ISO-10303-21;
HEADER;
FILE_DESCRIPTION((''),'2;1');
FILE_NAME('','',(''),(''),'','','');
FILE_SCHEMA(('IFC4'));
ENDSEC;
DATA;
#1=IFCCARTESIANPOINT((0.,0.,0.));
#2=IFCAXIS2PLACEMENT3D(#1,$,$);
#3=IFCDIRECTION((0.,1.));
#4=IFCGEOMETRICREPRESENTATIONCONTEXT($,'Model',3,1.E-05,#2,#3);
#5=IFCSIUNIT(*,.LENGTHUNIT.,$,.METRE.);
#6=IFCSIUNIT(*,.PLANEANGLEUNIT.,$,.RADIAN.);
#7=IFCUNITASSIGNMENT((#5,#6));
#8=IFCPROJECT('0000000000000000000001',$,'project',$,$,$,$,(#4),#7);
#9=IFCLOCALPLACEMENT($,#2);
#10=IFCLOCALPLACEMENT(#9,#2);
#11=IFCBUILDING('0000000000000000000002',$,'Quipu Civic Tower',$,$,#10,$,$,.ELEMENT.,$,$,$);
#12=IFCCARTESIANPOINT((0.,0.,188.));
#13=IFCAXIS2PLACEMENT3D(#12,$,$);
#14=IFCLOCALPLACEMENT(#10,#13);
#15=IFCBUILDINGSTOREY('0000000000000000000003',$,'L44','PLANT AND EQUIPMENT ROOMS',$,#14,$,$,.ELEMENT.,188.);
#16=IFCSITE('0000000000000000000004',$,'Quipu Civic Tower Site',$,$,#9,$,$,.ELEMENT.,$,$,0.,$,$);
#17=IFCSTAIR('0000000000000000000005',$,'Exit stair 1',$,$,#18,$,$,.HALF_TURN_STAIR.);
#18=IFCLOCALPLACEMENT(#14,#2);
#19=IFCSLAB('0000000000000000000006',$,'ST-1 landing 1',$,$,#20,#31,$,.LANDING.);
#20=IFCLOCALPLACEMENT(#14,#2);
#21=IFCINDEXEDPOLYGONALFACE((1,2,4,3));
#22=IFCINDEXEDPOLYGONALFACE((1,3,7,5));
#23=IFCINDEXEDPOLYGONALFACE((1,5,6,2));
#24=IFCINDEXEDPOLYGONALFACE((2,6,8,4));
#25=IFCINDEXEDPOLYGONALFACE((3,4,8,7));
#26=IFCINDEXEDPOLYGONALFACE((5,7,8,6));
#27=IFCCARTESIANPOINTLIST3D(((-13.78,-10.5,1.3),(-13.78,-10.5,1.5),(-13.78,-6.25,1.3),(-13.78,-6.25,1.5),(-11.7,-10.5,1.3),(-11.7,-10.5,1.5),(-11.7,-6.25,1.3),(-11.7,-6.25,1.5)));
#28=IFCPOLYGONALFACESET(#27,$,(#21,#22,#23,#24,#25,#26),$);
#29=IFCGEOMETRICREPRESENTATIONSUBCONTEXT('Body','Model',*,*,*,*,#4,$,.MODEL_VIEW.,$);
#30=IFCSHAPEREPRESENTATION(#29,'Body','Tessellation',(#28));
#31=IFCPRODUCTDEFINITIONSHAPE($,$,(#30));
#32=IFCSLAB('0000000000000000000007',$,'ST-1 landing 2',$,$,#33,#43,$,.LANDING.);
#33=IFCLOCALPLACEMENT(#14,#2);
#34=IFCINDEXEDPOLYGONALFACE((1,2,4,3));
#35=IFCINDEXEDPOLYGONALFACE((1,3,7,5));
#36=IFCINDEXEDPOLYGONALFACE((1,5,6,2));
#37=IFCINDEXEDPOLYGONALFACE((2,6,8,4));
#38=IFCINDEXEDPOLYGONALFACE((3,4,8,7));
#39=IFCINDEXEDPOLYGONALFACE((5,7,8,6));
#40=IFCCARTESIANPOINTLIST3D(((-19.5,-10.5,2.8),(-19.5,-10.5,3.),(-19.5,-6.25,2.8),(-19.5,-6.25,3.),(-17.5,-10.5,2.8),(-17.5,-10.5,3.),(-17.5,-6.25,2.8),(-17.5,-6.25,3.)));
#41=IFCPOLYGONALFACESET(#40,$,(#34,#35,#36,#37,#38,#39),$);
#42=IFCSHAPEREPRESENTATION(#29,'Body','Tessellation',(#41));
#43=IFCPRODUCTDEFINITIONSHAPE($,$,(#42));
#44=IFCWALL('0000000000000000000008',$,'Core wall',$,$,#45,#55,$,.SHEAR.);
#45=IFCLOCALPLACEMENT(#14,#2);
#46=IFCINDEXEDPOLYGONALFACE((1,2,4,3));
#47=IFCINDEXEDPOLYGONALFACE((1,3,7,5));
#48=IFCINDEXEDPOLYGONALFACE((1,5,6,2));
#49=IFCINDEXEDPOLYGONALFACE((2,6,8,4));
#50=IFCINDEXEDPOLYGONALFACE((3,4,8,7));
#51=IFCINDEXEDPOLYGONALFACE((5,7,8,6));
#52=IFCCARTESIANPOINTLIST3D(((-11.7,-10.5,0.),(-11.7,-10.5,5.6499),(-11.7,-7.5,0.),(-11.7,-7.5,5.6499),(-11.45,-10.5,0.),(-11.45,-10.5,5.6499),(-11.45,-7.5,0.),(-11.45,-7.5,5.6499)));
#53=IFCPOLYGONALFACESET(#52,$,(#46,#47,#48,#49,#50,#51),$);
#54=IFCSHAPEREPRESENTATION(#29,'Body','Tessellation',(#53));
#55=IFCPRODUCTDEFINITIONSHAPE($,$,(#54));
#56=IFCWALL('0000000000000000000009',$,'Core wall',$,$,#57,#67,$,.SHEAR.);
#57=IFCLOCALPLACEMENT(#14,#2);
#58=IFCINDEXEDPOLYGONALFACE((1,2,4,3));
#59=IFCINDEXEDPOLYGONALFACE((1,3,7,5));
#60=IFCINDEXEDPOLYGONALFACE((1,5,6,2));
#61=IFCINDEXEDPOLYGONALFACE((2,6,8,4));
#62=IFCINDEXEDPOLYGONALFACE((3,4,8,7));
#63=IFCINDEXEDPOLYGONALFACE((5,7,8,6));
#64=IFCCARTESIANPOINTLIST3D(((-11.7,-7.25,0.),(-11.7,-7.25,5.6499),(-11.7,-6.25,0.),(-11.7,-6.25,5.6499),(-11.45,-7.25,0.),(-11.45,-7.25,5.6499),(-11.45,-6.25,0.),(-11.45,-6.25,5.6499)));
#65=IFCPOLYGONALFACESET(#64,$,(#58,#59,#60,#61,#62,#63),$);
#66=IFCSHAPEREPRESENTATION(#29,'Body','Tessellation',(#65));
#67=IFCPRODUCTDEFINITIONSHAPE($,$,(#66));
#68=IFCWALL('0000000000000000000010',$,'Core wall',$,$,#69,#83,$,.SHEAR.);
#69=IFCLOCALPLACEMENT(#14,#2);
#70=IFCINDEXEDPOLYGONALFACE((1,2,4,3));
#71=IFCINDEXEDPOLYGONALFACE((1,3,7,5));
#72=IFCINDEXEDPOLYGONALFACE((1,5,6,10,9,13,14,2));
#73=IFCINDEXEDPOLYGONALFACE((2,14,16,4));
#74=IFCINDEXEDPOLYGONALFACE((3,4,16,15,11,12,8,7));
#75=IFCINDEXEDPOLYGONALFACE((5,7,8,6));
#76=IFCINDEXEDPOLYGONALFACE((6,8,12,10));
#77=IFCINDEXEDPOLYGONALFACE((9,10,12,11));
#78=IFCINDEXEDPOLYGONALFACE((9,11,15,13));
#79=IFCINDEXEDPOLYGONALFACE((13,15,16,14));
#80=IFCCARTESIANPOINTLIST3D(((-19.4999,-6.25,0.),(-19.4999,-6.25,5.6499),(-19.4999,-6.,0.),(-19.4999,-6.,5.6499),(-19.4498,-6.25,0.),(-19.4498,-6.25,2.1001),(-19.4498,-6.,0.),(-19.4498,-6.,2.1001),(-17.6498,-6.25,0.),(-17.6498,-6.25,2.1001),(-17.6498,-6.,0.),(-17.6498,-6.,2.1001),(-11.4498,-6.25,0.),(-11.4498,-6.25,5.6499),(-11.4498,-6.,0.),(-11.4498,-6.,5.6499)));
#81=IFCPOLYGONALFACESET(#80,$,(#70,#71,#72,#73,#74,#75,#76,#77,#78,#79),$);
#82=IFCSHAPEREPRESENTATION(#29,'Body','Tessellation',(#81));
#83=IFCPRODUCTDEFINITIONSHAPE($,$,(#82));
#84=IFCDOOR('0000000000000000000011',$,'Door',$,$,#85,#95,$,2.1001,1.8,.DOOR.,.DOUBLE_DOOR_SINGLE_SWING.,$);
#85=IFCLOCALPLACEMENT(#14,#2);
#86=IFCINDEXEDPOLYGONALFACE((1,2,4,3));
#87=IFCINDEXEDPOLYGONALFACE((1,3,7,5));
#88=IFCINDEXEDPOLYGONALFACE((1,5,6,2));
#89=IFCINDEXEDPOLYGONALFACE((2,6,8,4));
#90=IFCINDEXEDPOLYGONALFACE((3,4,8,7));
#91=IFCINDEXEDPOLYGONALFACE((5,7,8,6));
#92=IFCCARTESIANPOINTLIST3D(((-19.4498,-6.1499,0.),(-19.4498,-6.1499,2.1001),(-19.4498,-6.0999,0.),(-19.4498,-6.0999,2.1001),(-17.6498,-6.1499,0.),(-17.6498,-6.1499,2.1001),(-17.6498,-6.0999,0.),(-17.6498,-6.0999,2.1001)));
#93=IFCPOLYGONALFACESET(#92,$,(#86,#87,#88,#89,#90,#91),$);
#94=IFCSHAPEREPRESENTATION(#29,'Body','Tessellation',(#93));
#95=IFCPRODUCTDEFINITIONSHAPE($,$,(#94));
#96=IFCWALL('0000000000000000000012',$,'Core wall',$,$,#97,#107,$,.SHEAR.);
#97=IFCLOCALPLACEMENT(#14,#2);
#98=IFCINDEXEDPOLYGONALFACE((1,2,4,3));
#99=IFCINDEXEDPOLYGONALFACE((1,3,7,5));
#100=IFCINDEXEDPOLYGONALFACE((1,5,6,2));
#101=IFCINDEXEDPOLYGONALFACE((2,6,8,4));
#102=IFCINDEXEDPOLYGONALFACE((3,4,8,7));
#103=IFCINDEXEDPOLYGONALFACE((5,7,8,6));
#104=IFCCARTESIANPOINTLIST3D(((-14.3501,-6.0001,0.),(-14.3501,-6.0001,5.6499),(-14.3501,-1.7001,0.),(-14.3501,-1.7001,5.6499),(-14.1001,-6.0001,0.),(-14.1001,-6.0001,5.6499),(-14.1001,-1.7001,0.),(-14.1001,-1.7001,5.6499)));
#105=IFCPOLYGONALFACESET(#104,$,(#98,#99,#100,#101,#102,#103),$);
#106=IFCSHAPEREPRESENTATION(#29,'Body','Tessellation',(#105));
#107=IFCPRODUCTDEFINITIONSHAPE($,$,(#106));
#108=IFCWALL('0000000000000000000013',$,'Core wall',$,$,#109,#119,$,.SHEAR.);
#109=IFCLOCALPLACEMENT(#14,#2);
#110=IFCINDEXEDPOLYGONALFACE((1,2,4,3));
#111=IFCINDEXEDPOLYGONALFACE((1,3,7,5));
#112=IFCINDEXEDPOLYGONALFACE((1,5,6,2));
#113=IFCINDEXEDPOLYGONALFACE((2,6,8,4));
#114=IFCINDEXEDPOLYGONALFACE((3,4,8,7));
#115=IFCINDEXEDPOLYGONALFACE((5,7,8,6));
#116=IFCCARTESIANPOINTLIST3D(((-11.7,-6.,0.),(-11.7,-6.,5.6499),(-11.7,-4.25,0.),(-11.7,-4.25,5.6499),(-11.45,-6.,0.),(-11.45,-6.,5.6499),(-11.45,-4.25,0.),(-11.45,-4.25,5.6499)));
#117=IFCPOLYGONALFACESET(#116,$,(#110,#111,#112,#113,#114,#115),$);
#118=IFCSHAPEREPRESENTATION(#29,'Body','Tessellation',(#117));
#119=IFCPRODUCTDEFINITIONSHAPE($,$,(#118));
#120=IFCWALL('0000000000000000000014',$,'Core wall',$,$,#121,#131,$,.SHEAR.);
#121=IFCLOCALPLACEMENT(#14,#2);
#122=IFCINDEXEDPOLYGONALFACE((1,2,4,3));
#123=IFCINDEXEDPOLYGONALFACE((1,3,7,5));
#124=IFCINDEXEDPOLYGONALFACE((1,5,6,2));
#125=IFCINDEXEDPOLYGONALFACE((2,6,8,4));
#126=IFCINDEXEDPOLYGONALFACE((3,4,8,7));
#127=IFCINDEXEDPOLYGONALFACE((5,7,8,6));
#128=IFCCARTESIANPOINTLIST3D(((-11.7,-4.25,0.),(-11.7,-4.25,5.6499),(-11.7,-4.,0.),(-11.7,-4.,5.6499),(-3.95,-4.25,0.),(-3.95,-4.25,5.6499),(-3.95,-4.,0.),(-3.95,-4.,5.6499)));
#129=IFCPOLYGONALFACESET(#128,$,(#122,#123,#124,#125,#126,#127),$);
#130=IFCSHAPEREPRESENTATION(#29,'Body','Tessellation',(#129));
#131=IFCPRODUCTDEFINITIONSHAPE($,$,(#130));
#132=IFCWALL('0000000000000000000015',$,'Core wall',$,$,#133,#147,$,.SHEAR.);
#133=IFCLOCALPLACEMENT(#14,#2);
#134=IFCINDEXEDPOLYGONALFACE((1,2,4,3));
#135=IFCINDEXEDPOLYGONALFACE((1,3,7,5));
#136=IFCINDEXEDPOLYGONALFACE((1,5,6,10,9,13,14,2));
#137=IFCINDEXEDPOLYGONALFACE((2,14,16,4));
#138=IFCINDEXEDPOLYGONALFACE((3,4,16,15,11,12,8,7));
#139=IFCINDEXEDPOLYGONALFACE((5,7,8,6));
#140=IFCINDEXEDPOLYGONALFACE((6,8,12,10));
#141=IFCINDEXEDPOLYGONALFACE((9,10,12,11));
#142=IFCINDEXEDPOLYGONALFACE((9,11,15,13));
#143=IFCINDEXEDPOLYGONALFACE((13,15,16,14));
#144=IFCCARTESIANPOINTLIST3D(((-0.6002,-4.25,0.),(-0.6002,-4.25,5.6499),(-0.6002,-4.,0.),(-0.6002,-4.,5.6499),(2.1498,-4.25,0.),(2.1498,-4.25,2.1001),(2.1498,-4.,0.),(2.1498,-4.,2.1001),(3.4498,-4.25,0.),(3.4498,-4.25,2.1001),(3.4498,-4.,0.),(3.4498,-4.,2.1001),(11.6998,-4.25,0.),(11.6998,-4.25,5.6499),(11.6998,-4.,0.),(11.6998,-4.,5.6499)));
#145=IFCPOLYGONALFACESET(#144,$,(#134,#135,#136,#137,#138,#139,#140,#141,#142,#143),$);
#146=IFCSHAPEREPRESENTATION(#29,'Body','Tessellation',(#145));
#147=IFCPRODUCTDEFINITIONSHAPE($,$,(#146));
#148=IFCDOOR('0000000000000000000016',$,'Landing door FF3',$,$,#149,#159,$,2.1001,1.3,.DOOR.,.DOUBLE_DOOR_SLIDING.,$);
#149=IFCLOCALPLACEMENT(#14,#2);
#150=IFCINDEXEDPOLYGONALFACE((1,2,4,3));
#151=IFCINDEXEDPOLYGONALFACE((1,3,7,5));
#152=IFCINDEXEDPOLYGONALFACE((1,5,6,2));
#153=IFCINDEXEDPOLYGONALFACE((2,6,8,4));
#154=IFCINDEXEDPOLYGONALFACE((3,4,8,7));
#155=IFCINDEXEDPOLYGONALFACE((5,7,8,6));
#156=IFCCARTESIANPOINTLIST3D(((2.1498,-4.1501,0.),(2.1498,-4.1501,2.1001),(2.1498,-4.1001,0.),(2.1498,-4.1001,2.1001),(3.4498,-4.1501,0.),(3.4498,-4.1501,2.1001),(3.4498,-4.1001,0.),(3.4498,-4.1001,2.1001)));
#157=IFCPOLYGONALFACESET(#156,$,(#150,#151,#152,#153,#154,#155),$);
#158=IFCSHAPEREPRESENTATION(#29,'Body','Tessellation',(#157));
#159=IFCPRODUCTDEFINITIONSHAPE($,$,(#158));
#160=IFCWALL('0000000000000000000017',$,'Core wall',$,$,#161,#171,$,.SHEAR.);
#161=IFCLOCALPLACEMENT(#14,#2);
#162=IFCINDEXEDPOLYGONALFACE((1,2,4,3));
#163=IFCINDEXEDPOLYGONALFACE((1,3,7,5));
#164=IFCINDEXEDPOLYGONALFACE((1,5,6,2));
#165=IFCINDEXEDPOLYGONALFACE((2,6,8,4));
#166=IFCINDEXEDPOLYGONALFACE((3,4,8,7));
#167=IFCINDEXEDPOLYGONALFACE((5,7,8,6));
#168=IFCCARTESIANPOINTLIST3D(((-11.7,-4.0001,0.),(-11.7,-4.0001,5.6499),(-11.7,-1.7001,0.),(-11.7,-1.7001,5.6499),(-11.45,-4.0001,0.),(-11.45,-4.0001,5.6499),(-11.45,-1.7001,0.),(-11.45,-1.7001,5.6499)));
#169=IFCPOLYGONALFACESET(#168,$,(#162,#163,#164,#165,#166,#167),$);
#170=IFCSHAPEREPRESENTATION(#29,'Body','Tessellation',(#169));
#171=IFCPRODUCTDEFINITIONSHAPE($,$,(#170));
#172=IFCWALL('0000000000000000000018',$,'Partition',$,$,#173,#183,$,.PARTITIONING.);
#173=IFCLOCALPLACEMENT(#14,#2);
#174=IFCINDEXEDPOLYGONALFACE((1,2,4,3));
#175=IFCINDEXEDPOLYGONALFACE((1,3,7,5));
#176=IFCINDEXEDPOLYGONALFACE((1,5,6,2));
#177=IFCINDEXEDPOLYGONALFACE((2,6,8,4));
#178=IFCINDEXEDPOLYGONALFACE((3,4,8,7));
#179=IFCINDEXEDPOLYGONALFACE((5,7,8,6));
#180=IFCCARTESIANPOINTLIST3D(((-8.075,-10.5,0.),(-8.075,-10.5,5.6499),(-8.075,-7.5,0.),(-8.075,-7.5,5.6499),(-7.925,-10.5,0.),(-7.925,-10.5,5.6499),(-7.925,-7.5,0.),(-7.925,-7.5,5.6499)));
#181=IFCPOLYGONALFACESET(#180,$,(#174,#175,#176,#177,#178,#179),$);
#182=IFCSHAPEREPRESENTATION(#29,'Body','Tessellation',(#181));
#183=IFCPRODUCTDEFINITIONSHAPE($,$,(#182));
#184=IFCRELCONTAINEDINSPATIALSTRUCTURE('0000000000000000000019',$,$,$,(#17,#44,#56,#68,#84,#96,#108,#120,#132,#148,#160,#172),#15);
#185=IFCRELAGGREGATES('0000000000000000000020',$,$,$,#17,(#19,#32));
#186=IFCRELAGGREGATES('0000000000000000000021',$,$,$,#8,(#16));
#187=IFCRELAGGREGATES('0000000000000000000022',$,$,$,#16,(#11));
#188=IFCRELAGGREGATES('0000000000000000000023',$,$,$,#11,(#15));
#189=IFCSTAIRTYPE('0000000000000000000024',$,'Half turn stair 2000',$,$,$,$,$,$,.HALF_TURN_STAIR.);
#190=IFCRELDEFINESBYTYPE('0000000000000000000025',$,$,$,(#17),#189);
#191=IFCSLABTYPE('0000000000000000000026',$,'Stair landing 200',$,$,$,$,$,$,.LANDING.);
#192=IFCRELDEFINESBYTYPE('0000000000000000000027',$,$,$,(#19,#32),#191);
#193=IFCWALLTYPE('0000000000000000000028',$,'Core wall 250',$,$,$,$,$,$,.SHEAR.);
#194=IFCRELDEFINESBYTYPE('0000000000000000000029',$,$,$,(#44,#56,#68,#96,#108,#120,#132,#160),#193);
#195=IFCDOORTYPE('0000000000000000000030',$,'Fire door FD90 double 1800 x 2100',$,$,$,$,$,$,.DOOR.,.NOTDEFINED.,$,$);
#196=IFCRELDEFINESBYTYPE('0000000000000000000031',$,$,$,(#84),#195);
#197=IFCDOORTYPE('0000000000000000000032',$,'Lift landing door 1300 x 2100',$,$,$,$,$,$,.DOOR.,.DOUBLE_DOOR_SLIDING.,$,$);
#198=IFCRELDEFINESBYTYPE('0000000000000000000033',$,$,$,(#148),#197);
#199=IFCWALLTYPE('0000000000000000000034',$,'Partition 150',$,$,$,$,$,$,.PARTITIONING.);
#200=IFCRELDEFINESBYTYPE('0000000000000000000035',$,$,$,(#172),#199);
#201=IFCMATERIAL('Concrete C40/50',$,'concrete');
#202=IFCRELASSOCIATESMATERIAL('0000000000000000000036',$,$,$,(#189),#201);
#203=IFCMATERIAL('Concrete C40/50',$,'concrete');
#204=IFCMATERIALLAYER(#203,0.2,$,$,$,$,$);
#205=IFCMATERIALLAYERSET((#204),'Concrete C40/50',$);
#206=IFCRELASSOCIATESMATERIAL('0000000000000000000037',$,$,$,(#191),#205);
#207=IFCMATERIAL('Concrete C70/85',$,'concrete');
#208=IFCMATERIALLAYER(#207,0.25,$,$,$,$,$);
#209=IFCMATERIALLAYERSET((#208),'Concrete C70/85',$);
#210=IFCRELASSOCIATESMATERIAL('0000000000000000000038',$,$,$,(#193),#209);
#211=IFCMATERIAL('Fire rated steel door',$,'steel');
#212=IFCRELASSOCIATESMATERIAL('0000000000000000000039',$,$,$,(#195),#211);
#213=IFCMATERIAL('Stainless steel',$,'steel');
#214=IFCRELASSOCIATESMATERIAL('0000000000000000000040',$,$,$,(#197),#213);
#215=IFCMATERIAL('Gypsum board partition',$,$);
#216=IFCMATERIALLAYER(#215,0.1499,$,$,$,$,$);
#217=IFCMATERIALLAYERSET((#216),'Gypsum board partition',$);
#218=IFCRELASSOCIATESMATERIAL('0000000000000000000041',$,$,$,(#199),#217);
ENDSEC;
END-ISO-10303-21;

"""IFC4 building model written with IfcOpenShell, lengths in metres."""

from ifc_helpers import new_model, si_unit, direction, frame, frame_2d, origin, place, context, subcontext, project, spatial, polyline, rectangle, outline, extrude, material, layer, layer_set, type_object, element, fill, aggregate, save


model = new_model("IFC4")

# Units and contexts
model_context = context("Model", 3, precision=1e-05, world=origin(), true_north=direction((0.0, 1.0)))
body_context = subcontext(model_context, "Body", "Model", "MODEL_VIEW")
ifc_project = project(units=[si_unit("LENGTHUNIT", "METRE"), si_unit("PLANEANGLEUNIT", "RADIAN")], contexts=[model_context])

# Site, building, storey
site_placement = place(None, origin())
site = spatial("IfcSite", under=ifc_project, at=site_placement, Name="Quipu Civic Tower Site", CompositionType="ELEMENT", RefElevation=0.0)
building_placement = place(site_placement, origin())
building = spatial("IfcBuilding", under=site, at=building_placement, Name="Quipu Civic Tower", CompositionType="ELEMENT")
storey_placement = place(building_placement, frame((0.0, 0.0, 188.0)))
storey = spatial("IfcBuildingStorey", under=building, at=storey_placement, Name="L44", Description="PLANT AND EQUIPMENT ROOMS", CompositionType="ELEMENT", Elevation=188.0)

# Stair, slabs
ifc_material_1 = material(Name="Concrete C40/50", Category="concrete")
stair_type = type_object("IfcStairType", Name="Half turn stair 2000", PredefinedType="HALF_TURN_STAIR", material=ifc_material_1)
stair_placement = place(storey_placement, origin())
stair = element("IfcStair", 1, at=stair_placement, inside=storey, type_object=stair_type, Name="Exit stair 1", PredefinedType="HALF_TURN_STAIR")
ifc_material_2 = material(Name="Concrete C40/50", Category="concrete")
ifc_layer_1 = layer(ifc_material_2, 0.2)
ifc_layer_set_1 = layer_set([ifc_layer_1], Name="Concrete C40/50")
slab_type_1 = type_object("IfcSlabType", Name="Stair landing 200", PredefinedType="LANDING", material=ifc_layer_set_1)
slab_1_placement = place(storey_placement, frame((0.0, 0.0, 1.3)))
slab_1 = element("IfcSlab", 2, at=slab_1_placement, type_object=slab_type_1, Name="ST-1 landing 1", PredefinedType="LANDING", context=body_context, shape_type="SweptSolid", body=[
    extrude(outline(polyline([(-13.78, -10.5), (-11.7, -10.5), (-11.7, -6.25), (-13.78, -6.25), (-13.78, -10.5)])), origin(), (0.0, 0.0, 1.0), 0.2),
])
slab_2_placement = place(storey_placement, frame((0.0, 0.0, 2.8)))
slab_2 = element("IfcSlab", 3, at=slab_2_placement, type_object=slab_type_1, Name="ST-1 landing 2", PredefinedType="LANDING", context=body_context, shape_type="SweptSolid", body=[
    extrude(outline(polyline([(-19.5, -10.5), (-17.5, -10.5), (-17.5, -6.25), (-19.5, -6.25), (-19.5, -10.5)])), origin(), (0.0, 0.0, 1.0), 0.2),
])

# Walls
ifc_material_3 = material(Name="Concrete C70/85", Category="concrete")
ifc_layer_2 = layer(ifc_material_3, 0.25)
ifc_layer_set_2 = layer_set([ifc_layer_2], Name="Concrete C70/85")
wall_type_1 = type_object("IfcWallType", Name="Core wall 250", PredefinedType="SHEAR", material=ifc_layer_set_2)
wall_1_placement = place(storey_placement, frame((-11.575, -10.5, 0.0), z_axis=(0.0, 0.0, 1.0), x_axis=(0.0, 1.0, 0.0)))
element("IfcWall", 4, at=wall_1_placement, inside=storey, type_object=wall_type_1, Name="Core wall", PredefinedType="SHEAR", context=body_context, shape_type="SweptSolid", body=[
    extrude(rectangle(XDim=3.0, YDim=0.25, at=frame_2d((1.5, 0.0))), origin(), (0.0, 0.0, 1.0), 5.6499),
])
wall_2_placement = place(storey_placement, frame((-11.575, -7.25, 0.0), z_axis=(0.0, 0.0, 1.0), x_axis=(0.0, 1.0, 0.0)))
element("IfcWall", 5, at=wall_2_placement, inside=storey, type_object=wall_type_1, Name="Core wall", PredefinedType="SHEAR", context=body_context, shape_type="SweptSolid", body=[
    extrude(rectangle(XDim=1.0, YDim=0.25, at=frame_2d((0.5, 0.0))), origin(), (0.0, 0.0, 1.0), 5.6499),
])

# Wall, opening, door
wall_3_placement = place(storey_placement, frame((-11.45, -6.125, 0.0), z_axis=(0.0, 0.0, 1.0), x_axis=(-1.0, 0.0, 0.0)))
wall_3 = element("IfcWall", 6, at=wall_3_placement, inside=storey, type_object=wall_type_1, Name="Core wall", PredefinedType="SHEAR", context=body_context, shape_type="SweptSolid", body=[
    extrude(rectangle(XDim=8.05, YDim=0.25, at=frame_2d((4.0249, 0.0))), origin(), (0.0, 0.0, 1.0), 5.6499),
])
opening_1_placement = place(wall_3_placement, frame((6.2, 0.0, 0.0)))
opening_1 = element("IfcOpeningElement", 7, at=opening_1_placement, cuts=wall_3, PredefinedType="OPENING", context=body_context, shape_type="SweptSolid", body=[
    extrude(rectangle(XDim=1.8, YDim=2.1001, at=frame_2d((0.8999, 1.05))), frame((0.0, 0.135, 0.0), z_axis=(0.0, -1.0, 0.0), x_axis=(1.0, 0.0, 0.0)), (0.0, 0.0, 1.0), 0.27),
])
ifc_material_4 = material(Name="Fire rated steel door", Category="steel")
door_type_1 = type_object("IfcDoorType", Name="Fire door FD90 double 1800 x 2100", OperationType="NOTDEFINED", PredefinedType="DOOR", material=ifc_material_4)
door_1_placement = place(opening_1_placement, origin())
door_1 = element("IfcDoor", 8, at=door_1_placement, inside=storey, type_object=door_type_1, Name="Door", OperationType="DOUBLE_DOOR_SINGLE_SWING", OverallHeight=2.1001, OverallWidth=1.8, PredefinedType="DOOR", context=body_context, shape_type="SweptSolid", body=[
    extrude(rectangle(XDim=1.8, YDim=2.1001, at=frame_2d((0.8999, 1.05))), frame((0.0, 0.0249, 0.0), z_axis=(0.0, -1.0, 0.0), x_axis=(1.0, 0.0, 0.0)), (0.0, 0.0, 1.0), 0.05),
])
fill(opening_1, door_1)

# Walls
wall_4_placement = place(storey_placement, frame((-14.2251, -6.0, 0.0), z_axis=(0.0, 0.0, 1.0), x_axis=(0.0, 1.0, 0.0)))
element("IfcWall", 9, at=wall_4_placement, inside=storey, type_object=wall_type_1, Name="Core wall", PredefinedType="SHEAR", context=body_context, shape_type="SweptSolid", body=[
    extrude(rectangle(XDim=4.3, YDim=0.25, at=frame_2d((2.1499, 0.0))), origin(), (0.0, 0.0, 1.0), 5.6499),
])
wall_5_placement = place(storey_placement, frame((-11.575, -6.0, 0.0), z_axis=(0.0, 0.0, 1.0), x_axis=(0.0, 1.0, 0.0)))
element("IfcWall", 10, at=wall_5_placement, inside=storey, type_object=wall_type_1, Name="Core wall", PredefinedType="SHEAR", context=body_context, shape_type="SweptSolid", body=[
    extrude(rectangle(XDim=1.75, YDim=0.25, at=frame_2d((0.875, 0.0))), origin(), (0.0, 0.0, 1.0), 5.6499),
])
wall_6_placement = place(storey_placement, frame((-11.7, -4.125, 0.0), z_axis=(0.0, 0.0, 1.0), x_axis=(1.0, 0.0, 0.0)))
element("IfcWall", 11, at=wall_6_placement, inside=storey, type_object=wall_type_1, Name="Core wall", PredefinedType="SHEAR", context=body_context, shape_type="SweptSolid", body=[
    extrude(rectangle(XDim=7.75, YDim=0.25, at=frame_2d((3.875, 0.0))), origin(), (0.0, 0.0, 1.0), 5.6499),
])

# Wall, opening, door
wall_7_placement = place(storey_placement, frame((-0.6001, -4.125, 0.0), z_axis=(0.0, 0.0, 1.0), x_axis=(1.0, 0.0, 0.0)))
wall_7 = element("IfcWall", 12, at=wall_7_placement, inside=storey, type_object=wall_type_1, Name="Core wall", PredefinedType="SHEAR", context=body_context, shape_type="SweptSolid", body=[
    extrude(rectangle(XDim=12.3, YDim=0.25, at=frame_2d((6.1499, 0.0))), origin(), (0.0, 0.0, 1.0), 5.6499),
])
opening_2_placement = place(wall_7_placement, frame((2.75, 0.0, 0.0)))
opening_2 = element("IfcOpeningElement", 13, at=opening_2_placement, cuts=wall_7, PredefinedType="OPENING", context=body_context, shape_type="SweptSolid", body=[
    extrude(rectangle(XDim=1.3, YDim=2.1001, at=frame_2d((0.6499, 1.05))), frame((0.0, 0.135, 0.0), z_axis=(0.0, -1.0, 0.0), x_axis=(1.0, 0.0, 0.0)), (0.0, 0.0, 1.0), 0.27),
])
ifc_material_5 = material(Name="Stainless steel", Category="steel")
door_type_2 = type_object("IfcDoorType", Name="Lift landing door 1300 x 2100", OperationType="DOUBLE_DOOR_SLIDING", PredefinedType="DOOR", material=ifc_material_5)
door_2_placement = place(opening_2_placement, origin())
door_2 = element("IfcDoor", 14, at=door_2_placement, inside=storey, type_object=door_type_2, Name="Landing door FF3", OperationType="DOUBLE_DOOR_SLIDING", OverallHeight=2.1001, OverallWidth=1.3, PredefinedType="DOOR", context=body_context, shape_type="SweptSolid", body=[
    extrude(rectangle(XDim=1.3, YDim=2.1001, at=frame_2d((0.6499, 1.05))), frame((0.0, 0.0249, 0.0), z_axis=(0.0, -1.0, 0.0), x_axis=(1.0, 0.0, 0.0)), (0.0, 0.0, 1.0), 0.05),
])
fill(opening_2, door_2)

# Walls
wall_8_placement = place(storey_placement, frame((-11.575, -4.0, 0.0), z_axis=(0.0, 0.0, 1.0), x_axis=(0.0, 1.0, 0.0)))
element("IfcWall", 15, at=wall_8_placement, inside=storey, type_object=wall_type_1, Name="Core wall", PredefinedType="SHEAR", context=body_context, shape_type="SweptSolid", body=[
    extrude(rectangle(XDim=2.3, YDim=0.25, at=frame_2d((1.1499, 0.0))), origin(), (0.0, 0.0, 1.0), 5.6499),
])
ifc_material_6 = material(Name="Gypsum board partition")
ifc_layer_3 = layer(ifc_material_6, 0.1499)
ifc_layer_set_3 = layer_set([ifc_layer_3], Name="Gypsum board partition")
wall_type_2 = type_object("IfcWallType", Name="Partition 150", PredefinedType="PARTITIONING", material=ifc_layer_set_3)
for number, where, z_axis, x_axis, name in (
    (16, (-8.0, -10.5, 0.0), (0.0, 0.0, 1.0), (0.0, 1.0, 0.0), "Partition"),
):
    element("IfcWall", number, at=place(storey_placement, frame(where, z_axis=z_axis, x_axis=x_axis)), inside=storey, type_object=wall_type_2, Name=name, PredefinedType="PARTITIONING", context=body_context, shape_type="SweptSolid", body=[
        extrude(rectangle(XDim=3.0, YDim=0.1499, at=frame_2d((1.5, 0.0))), origin(), (0.0, 0.0, 1.0), 5.6499),
    ])

aggregate(stair, [slab_1, slab_2])

save(model, "model.ifc")
